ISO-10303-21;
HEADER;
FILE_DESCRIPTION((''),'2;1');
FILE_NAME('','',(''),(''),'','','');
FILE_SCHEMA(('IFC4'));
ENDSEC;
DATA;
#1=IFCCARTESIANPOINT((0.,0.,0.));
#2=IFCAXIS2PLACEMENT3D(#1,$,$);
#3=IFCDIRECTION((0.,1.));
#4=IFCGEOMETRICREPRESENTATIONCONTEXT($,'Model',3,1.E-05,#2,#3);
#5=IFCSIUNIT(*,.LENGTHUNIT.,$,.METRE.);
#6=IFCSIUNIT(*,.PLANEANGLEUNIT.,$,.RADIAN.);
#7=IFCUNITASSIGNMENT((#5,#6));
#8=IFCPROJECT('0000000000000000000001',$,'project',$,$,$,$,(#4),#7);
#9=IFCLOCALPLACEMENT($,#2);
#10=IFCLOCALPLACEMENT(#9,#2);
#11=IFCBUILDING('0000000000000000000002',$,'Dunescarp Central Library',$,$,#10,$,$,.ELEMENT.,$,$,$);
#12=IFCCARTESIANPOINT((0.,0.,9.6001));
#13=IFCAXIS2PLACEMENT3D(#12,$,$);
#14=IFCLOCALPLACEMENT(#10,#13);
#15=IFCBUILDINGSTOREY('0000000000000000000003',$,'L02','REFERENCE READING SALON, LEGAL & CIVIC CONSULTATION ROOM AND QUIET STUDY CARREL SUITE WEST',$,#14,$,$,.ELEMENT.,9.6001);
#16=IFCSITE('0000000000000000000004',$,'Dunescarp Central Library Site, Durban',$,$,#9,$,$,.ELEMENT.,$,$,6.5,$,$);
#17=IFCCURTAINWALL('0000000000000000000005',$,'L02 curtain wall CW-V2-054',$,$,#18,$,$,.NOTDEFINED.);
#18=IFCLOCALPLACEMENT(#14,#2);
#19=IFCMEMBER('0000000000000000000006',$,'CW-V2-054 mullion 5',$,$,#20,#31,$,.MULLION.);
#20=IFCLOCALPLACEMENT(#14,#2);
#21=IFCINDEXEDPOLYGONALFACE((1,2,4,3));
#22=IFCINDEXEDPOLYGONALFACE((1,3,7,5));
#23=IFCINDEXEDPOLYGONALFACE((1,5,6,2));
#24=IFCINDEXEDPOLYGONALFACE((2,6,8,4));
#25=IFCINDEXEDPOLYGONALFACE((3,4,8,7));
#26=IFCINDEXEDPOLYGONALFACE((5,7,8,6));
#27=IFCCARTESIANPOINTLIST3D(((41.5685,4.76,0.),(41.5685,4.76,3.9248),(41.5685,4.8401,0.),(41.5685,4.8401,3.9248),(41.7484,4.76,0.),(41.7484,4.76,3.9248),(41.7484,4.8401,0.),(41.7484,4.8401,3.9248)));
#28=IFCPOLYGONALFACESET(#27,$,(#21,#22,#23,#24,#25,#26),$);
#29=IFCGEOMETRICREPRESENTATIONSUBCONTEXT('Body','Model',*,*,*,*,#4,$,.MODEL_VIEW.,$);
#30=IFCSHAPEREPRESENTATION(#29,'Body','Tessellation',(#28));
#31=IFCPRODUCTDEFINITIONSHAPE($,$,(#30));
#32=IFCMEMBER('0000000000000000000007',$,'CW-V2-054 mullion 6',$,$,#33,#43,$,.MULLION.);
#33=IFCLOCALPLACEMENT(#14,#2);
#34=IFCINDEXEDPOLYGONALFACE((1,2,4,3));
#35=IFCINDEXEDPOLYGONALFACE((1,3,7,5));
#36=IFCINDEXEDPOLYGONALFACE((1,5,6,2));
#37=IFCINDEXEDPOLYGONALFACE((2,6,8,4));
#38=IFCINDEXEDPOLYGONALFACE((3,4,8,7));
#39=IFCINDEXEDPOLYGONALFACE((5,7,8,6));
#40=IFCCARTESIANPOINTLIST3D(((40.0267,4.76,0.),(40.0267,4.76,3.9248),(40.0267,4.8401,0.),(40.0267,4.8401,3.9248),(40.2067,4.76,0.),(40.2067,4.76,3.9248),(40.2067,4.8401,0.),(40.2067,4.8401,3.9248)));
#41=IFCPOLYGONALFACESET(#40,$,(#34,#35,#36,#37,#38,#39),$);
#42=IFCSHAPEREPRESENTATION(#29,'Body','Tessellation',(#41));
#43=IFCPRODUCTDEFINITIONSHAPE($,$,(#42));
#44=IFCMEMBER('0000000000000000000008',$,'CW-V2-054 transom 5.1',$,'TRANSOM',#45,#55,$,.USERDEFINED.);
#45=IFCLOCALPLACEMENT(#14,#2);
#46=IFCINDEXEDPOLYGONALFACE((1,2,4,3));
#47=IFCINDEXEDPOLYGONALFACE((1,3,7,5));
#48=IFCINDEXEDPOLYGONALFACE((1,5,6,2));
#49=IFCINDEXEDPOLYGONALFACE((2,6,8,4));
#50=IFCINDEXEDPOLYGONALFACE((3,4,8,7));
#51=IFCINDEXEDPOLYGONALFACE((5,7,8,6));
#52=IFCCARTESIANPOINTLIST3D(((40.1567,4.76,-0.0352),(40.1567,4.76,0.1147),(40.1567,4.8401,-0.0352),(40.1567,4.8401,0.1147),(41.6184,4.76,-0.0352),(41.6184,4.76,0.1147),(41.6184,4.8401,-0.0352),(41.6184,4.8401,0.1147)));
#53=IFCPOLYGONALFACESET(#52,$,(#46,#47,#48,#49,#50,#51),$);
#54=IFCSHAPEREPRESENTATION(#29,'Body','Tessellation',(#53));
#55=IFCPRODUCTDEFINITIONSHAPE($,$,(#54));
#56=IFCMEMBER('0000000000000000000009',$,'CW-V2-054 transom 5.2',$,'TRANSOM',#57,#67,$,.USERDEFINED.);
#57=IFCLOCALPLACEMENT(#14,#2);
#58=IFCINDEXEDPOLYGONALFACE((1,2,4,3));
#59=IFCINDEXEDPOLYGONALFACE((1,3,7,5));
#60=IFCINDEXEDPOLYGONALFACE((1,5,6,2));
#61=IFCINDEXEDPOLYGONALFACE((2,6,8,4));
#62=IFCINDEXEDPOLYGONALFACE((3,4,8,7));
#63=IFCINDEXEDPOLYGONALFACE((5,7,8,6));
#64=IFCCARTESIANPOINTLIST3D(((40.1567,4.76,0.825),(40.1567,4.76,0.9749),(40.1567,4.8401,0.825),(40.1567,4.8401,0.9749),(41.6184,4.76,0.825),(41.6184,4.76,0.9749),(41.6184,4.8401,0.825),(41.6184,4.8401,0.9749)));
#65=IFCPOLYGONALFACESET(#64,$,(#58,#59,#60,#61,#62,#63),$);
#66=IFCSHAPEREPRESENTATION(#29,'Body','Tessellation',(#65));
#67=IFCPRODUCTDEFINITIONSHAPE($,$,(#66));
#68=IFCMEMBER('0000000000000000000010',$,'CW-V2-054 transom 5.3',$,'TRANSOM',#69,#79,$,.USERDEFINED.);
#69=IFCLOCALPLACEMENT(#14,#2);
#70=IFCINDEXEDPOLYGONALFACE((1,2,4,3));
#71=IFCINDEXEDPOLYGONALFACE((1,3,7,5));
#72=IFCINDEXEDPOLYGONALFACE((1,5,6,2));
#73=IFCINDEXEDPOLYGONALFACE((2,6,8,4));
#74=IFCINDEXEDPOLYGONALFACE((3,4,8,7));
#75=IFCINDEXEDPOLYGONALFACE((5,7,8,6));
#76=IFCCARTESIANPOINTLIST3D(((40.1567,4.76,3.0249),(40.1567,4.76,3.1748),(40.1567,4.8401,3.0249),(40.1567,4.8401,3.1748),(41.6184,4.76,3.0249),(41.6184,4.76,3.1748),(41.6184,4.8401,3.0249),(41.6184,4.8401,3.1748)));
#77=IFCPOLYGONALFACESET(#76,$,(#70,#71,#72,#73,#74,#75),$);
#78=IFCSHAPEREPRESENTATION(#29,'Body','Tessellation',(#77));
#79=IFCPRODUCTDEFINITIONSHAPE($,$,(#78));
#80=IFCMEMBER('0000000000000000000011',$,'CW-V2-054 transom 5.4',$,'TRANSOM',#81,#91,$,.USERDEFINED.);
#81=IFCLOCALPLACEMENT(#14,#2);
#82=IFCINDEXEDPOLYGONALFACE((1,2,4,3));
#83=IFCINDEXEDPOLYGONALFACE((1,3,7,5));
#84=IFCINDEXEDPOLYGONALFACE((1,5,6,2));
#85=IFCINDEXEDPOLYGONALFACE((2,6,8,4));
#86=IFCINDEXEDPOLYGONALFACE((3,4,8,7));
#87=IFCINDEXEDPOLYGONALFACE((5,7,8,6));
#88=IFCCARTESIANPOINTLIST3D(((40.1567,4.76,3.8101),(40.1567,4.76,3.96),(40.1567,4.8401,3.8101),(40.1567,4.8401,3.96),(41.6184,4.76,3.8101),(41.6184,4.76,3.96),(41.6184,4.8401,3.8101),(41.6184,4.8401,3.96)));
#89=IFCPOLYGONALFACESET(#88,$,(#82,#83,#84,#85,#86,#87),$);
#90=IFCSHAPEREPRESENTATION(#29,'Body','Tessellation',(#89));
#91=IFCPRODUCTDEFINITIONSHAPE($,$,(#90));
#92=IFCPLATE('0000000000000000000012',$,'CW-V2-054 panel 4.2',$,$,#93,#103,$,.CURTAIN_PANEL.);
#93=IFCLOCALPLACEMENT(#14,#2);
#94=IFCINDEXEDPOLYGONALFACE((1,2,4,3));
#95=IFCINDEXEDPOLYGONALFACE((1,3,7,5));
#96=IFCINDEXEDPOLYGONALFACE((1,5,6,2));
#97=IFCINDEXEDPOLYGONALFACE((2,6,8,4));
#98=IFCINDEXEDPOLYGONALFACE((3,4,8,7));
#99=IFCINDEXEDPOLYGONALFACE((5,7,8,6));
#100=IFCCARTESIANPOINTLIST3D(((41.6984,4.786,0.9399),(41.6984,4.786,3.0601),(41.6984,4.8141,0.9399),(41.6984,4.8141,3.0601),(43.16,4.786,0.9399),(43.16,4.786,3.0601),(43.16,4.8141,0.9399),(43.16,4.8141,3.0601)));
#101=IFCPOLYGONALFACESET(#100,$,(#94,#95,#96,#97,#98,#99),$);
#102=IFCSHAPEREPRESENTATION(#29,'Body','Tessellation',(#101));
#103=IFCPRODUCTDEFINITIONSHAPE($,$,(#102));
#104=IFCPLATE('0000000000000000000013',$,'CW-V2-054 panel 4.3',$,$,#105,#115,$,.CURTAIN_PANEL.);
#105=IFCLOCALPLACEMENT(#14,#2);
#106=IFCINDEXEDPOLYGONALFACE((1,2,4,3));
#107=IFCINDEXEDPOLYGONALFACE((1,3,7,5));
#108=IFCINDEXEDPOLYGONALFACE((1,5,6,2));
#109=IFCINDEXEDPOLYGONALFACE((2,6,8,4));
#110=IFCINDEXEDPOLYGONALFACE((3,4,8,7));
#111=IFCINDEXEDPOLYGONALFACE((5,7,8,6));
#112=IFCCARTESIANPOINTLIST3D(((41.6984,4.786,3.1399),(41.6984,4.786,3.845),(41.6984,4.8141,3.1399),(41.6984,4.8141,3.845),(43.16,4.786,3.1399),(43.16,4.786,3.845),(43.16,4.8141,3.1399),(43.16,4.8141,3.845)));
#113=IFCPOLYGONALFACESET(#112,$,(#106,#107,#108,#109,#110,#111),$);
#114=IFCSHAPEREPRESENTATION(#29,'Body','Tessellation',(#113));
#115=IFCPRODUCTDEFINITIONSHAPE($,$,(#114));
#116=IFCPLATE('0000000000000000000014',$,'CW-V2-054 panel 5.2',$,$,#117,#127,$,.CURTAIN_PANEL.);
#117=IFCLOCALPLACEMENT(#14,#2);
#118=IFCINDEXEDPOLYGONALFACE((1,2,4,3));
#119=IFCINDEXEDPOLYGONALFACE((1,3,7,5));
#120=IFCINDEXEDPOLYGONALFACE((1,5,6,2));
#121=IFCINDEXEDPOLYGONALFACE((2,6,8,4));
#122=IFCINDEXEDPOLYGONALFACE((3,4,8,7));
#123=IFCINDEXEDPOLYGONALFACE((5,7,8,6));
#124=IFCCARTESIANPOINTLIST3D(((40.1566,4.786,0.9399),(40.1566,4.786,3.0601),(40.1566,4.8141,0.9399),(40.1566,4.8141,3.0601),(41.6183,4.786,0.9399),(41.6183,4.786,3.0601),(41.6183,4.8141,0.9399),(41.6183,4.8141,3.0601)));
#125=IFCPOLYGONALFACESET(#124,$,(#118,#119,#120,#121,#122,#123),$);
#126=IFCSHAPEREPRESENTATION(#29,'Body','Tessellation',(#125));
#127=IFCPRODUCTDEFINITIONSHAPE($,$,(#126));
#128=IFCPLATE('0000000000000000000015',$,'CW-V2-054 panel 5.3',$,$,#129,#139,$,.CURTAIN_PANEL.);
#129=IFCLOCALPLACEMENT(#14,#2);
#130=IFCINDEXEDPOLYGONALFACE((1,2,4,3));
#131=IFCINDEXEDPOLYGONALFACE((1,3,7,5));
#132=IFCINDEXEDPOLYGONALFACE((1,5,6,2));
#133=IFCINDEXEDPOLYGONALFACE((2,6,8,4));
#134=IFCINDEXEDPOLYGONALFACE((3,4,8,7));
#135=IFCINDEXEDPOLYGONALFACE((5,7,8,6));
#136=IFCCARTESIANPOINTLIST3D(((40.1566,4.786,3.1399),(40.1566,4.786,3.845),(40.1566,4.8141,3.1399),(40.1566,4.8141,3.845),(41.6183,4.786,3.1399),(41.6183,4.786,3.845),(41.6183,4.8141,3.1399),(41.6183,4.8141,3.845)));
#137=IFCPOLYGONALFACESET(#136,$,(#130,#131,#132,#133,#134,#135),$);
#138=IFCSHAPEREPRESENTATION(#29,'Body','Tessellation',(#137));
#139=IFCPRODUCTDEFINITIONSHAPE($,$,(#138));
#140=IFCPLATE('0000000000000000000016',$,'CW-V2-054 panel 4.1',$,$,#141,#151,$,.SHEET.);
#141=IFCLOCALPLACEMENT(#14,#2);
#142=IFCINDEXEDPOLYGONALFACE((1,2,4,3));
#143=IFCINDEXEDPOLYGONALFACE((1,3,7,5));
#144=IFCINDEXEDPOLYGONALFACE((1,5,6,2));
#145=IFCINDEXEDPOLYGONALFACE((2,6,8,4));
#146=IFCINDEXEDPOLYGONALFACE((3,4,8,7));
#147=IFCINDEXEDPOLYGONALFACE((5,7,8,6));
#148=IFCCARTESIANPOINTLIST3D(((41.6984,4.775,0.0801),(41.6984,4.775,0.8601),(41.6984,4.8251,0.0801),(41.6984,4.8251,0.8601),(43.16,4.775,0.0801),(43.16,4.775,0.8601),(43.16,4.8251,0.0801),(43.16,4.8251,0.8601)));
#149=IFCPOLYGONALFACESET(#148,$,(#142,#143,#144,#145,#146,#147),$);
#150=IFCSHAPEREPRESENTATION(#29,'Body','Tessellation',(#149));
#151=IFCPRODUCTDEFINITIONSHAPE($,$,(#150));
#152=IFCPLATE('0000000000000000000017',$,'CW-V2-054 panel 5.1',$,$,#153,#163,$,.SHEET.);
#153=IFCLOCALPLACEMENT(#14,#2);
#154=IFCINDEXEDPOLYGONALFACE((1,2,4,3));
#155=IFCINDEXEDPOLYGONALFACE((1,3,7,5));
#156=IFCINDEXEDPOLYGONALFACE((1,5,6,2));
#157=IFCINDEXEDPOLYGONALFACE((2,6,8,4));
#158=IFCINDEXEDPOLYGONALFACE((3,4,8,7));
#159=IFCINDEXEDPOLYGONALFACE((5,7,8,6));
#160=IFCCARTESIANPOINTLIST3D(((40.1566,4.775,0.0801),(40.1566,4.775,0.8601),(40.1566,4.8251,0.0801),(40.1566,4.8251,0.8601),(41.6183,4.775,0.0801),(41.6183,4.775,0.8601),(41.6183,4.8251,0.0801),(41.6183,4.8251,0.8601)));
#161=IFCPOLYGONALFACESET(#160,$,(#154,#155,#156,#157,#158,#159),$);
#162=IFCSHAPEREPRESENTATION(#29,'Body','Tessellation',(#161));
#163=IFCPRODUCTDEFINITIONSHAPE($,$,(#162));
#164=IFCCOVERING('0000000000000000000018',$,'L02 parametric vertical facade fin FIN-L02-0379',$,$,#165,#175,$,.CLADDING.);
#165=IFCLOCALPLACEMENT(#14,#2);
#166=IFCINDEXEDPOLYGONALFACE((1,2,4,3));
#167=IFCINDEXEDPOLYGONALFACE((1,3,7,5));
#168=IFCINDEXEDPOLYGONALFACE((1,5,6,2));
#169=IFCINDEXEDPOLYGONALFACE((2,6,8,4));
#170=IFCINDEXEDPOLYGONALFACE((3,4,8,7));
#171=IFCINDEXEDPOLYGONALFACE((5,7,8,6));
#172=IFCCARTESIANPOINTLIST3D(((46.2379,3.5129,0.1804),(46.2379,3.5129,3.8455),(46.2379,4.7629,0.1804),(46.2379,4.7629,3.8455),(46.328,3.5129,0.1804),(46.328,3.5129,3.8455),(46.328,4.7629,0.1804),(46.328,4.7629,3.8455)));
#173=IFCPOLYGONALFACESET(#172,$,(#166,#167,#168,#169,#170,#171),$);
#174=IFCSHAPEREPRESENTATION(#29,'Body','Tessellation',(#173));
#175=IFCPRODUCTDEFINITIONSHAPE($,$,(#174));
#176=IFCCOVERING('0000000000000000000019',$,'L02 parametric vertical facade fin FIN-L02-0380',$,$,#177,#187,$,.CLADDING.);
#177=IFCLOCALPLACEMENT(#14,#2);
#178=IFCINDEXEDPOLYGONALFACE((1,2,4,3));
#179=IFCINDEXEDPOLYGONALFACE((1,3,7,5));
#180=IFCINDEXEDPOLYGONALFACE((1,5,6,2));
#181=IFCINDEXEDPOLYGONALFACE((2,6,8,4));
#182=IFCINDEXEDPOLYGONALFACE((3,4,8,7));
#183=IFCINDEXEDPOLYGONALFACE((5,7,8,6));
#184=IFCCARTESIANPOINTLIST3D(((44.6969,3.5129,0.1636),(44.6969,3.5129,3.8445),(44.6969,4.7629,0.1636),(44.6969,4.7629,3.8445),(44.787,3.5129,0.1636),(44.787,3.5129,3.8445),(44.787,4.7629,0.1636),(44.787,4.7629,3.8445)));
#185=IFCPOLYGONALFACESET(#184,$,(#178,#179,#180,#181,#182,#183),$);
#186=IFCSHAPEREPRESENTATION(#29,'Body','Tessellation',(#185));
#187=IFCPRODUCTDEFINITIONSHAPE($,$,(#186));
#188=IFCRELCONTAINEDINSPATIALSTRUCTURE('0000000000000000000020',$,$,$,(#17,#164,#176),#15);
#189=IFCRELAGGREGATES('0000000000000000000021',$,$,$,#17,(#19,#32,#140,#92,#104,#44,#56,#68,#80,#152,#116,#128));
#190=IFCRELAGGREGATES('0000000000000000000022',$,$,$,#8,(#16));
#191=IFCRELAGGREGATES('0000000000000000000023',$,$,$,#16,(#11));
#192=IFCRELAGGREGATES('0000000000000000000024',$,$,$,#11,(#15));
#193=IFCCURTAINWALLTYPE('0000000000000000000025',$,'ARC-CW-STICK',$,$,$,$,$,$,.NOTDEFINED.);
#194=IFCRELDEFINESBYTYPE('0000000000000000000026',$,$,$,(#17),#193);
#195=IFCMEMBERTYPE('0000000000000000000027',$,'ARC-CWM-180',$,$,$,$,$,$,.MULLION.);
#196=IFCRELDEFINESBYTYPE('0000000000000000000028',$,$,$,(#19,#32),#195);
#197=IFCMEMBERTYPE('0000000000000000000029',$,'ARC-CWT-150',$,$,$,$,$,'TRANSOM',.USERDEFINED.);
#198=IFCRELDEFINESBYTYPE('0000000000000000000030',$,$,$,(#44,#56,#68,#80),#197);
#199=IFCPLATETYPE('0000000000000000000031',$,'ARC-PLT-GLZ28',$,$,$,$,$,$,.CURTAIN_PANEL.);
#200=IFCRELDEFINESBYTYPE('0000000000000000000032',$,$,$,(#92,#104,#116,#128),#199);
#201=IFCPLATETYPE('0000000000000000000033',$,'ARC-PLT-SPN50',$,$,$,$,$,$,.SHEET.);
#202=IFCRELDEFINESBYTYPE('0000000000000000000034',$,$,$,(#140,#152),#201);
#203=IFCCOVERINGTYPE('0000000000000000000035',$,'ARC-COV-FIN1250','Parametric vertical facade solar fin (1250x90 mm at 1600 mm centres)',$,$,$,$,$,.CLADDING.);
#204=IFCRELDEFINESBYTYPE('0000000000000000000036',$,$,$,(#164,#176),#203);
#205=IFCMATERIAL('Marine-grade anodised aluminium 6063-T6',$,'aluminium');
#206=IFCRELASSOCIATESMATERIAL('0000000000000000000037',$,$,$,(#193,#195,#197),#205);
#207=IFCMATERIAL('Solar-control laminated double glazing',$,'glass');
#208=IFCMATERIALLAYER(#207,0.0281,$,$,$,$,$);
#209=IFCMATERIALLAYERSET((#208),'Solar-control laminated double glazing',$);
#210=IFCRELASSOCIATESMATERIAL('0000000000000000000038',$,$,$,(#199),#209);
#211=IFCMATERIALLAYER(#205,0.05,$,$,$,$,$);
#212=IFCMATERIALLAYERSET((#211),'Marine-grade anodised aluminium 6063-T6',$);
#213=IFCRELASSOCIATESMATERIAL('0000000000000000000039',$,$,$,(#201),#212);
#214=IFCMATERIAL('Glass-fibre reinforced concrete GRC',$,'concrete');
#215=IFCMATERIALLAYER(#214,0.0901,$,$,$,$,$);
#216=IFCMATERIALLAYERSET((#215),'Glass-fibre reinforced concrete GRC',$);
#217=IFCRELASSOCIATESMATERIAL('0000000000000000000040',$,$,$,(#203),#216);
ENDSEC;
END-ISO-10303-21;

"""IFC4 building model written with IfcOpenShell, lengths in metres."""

from ifc_helpers import new_model, si_unit, direction, frame, origin, origin_2d, place, context, subcontext, project, spatial, rectangle, extrude, material, layer, layer_set, material_profile, profile_set, type_object, element, aggregate, save


model = new_model("IFC4")

# Units and contexts
model_context = context("Model", 3, precision=1e-05, world=origin(), true_north=direction((0.0, 1.0)))
body_context = subcontext(model_context, "Body", "Model", "MODEL_VIEW")
ifc_project = project(units=[si_unit("LENGTHUNIT", "METRE"), si_unit("PLANEANGLEUNIT", "RADIAN")], contexts=[model_context])

# Site, building, storey
site_placement = place(None, origin())
site = spatial("IfcSite", under=ifc_project, at=site_placement, Name="Dunescarp Central Library Site, Durban", CompositionType="ELEMENT", RefElevation=6.5)
building_placement = place(site_placement, origin())
building = spatial("IfcBuilding", under=site, at=building_placement, Name="Dunescarp Central Library", CompositionType="ELEMENT")
storey_placement = place(building_placement, frame((0.0, 0.0, 9.6001)))
storey = spatial("IfcBuildingStorey", under=building, at=storey_placement, Name="L02", Description="REFERENCE READING SALON, LEGAL & CIVIC CONSULTATION ROOM AND QUIET STUDY CARREL SUITE WEST", CompositionType="ELEMENT", Elevation=9.6001)

# Curtain wall, members, plates
ifc_material_1 = material(Name="Marine-grade anodised aluminium 6063-T6", Category="aluminium")
curtain_wall_type = type_object("IfcCurtainWallType", Name="ARC-CW-STICK", PredefinedType="NOTDEFINED", material=ifc_material_1)
curtain_wall_placement = place(storey_placement, origin())
curtain_wall = element("IfcCurtainWall", 1, at=curtain_wall_placement, inside=storey, type_object=curtain_wall_type, Name="L02 curtain wall CW-V2-054", PredefinedType="NOTDEFINED")
ifc_material_profile_1 = material_profile(ifc_material_1, rectangle(XDim=0.0801, YDim=0.1799, at=origin_2d()), Name="AL 80x180")
ifc_profile_set_1 = profile_set([ifc_material_profile_1], Name="Marine-grade anodised aluminium 6063-T6")
member_type_1 = type_object("IfcMemberType", Name="ARC-CWM-180", PredefinedType="MULLION", material=ifc_profile_set_1)
member_1_placement = place(storey_placement, frame((41.6584, 4.8, 0.0), z_axis=(0.0, 0.0, 1.0), x_axis=(0.0, -1.0, 0.0)))
member_1 = element("IfcMember", 2, at=member_1_placement, type_object=member_type_1, Name="CW-V2-054 mullion 5", PredefinedType="MULLION", context=body_context, shape_type="SweptSolid", body=[
    extrude(rectangle(XDim=0.0801, YDim=0.1799, at=origin_2d()), origin(), (0.0, 0.0, 1.0), 3.9248),
])
member_2_placement = place(storey_placement, frame((40.1167, 4.8, 0.0), z_axis=(0.0, 0.0, 1.0), x_axis=(0.0, -1.0, 0.0)))
member_2 = element("IfcMember", 3, at=member_2_placement, type_object=member_type_1, Name="CW-V2-054 mullion 6", PredefinedType="MULLION", context=body_context, shape_type="SweptSolid", body=[
    extrude(rectangle(XDim=0.0801, YDim=0.1799, at=origin_2d()), origin(), (0.0, 0.0, 1.0), 3.9248),
])
ifc_material_profile_2 = material_profile(ifc_material_1, rectangle(XDim=0.0801, YDim=0.1499, at=origin_2d()), Name="AL 80x150")
ifc_profile_set_2 = profile_set([ifc_material_profile_2], Name="Marine-grade anodised aluminium 6063-T6")
member_type_2 = type_object("IfcMemberType", Name="ARC-CWT-150", ElementType="TRANSOM", PredefinedType="USERDEFINED", material=ifc_profile_set_2)
member_3_placement = place(storey_placement, frame((41.6184, 4.8, 0.0398), z_axis=(-1.0, 0.0, 0.0), x_axis=(0.0, -1.0, 0.0)))
member_3 = element("IfcMember", 4, at=member_3_placement, type_object=member_type_2, Name="CW-V2-054 transom 5.1", ObjectType="TRANSOM", PredefinedType="USERDEFINED", context=body_context, shape_type="SweptSolid", body=[
    extrude(rectangle(XDim=0.0801, YDim=0.1499, at=origin_2d()), origin(), (0.0, 0.0, 1.0), 1.4617),
])
member_4_placement = place(storey_placement, frame((41.6184, 4.8, 0.8999), z_axis=(-1.0, 0.0, 0.0), x_axis=(0.0, -1.0, 0.0)))
member_4 = element("IfcMember", 5, at=member_4_placement, type_object=member_type_2, Name="CW-V2-054 transom 5.2", ObjectType="TRANSOM", PredefinedType="USERDEFINED", context=body_context, shape_type="SweptSolid", body=[
    extrude(rectangle(XDim=0.0801, YDim=0.1499, at=origin_2d()), origin(), (0.0, 0.0, 1.0), 1.4617),
])
member_5_placement = place(storey_placement, frame((41.6184, 4.8, 3.0999), z_axis=(-1.0, 0.0, 0.0), x_axis=(0.0, -1.0, 0.0)))
member_5 = element("IfcMember", 6, at=member_5_placement, type_object=member_type_2, Name="CW-V2-054 transom 5.3", ObjectType="TRANSOM", PredefinedType="USERDEFINED", context=body_context, shape_type="SweptSolid", body=[
    extrude(rectangle(XDim=0.0801, YDim=0.1499, at=origin_2d()), origin(), (0.0, 0.0, 1.0), 1.4617),
])
member_6_placement = place(storey_placement, frame((41.6184, 4.8, 3.885), z_axis=(-1.0, 0.0, 0.0), x_axis=(0.0, -1.0, 0.0)))
member_6 = element("IfcMember", 7, at=member_6_placement, type_object=member_type_2, Name="CW-V2-054 transom 5.4", ObjectType="TRANSOM", PredefinedType="USERDEFINED", context=body_context, shape_type="SweptSolid", body=[
    extrude(rectangle(XDim=0.0801, YDim=0.1499, at=origin_2d()), origin(), (0.0, 0.0, 1.0), 1.4617),
])
ifc_material_2 = material(Name="Solar-control laminated double glazing", Category="glass")
ifc_layer_1 = layer(ifc_material_2, 0.0281)
ifc_layer_set_1 = layer_set([ifc_layer_1], Name="Solar-control laminated double glazing")
plate_type_1 = type_object("IfcPlateType", Name="ARC-PLT-GLZ28", PredefinedType="CURTAIN_PANEL", material=ifc_layer_set_1)
plate_1_placement = place(storey_placement, frame((42.4292, 4.8, 0.9399), z_axis=(0.0, 0.0, 1.0), x_axis=(-1.0, 0.0, 0.0)))
plate_1 = element("IfcPlate", 8, at=plate_1_placement, type_object=plate_type_1, Name="CW-V2-054 panel 4.2", PredefinedType="CURTAIN_PANEL", context=body_context, shape_type="SweptSolid", body=[
    extrude(rectangle(XDim=1.4617, YDim=0.0281, at=origin_2d()), origin(), (0.0, 0.0, 1.0), 2.1201),
])
plate_2_placement = place(storey_placement, frame((42.4292, 4.8, 3.1399), z_axis=(0.0, 0.0, 1.0), x_axis=(-1.0, 0.0, 0.0)))
plate_2 = element("IfcPlate", 9, at=plate_2_placement, type_object=plate_type_1, Name="CW-V2-054 panel 4.3", PredefinedType="CURTAIN_PANEL", context=body_context, shape_type="SweptSolid", body=[
    extrude(rectangle(XDim=1.4617, YDim=0.0281, at=origin_2d()), origin(), (0.0, 0.0, 1.0), 0.7051),
])
plate_3_placement = place(storey_placement, frame((40.8875, 4.8, 0.9399), z_axis=(0.0, 0.0, 1.0), x_axis=(-1.0, 0.0, 0.0)))
plate_3 = element("IfcPlate", 10, at=plate_3_placement, type_object=plate_type_1, Name="CW-V2-054 panel 5.2", PredefinedType="CURTAIN_PANEL", context=body_context, shape_type="SweptSolid", body=[
    extrude(rectangle(XDim=1.4617, YDim=0.0281, at=origin_2d()), origin(), (0.0, 0.0, 1.0), 2.1201),
])
plate_4_placement = place(storey_placement, frame((40.8875, 4.8, 3.1399), z_axis=(0.0, 0.0, 1.0), x_axis=(-1.0, 0.0, 0.0)))
plate_4 = element("IfcPlate", 11, at=plate_4_placement, type_object=plate_type_1, Name="CW-V2-054 panel 5.3", PredefinedType="CURTAIN_PANEL", context=body_context, shape_type="SweptSolid", body=[
    extrude(rectangle(XDim=1.4617, YDim=0.0281, at=origin_2d()), origin(), (0.0, 0.0, 1.0), 0.7051),
])
ifc_layer_2 = layer(ifc_material_1, 0.05)
ifc_layer_set_2 = layer_set([ifc_layer_2], Name="Marine-grade anodised aluminium 6063-T6")
plate_type_2 = type_object("IfcPlateType", Name="ARC-PLT-SPN50", PredefinedType="SHEET", material=ifc_layer_set_2)
plate_5_placement = place(storey_placement, frame((42.4292, 4.8, 0.0801), z_axis=(0.0, 0.0, 1.0), x_axis=(-1.0, 0.0, 0.0)))
plate_5 = element("IfcPlate", 12, at=plate_5_placement, type_object=plate_type_2, Name="CW-V2-054 panel 4.1", PredefinedType="SHEET", context=body_context, shape_type="SweptSolid", body=[
    extrude(rectangle(XDim=1.4617, YDim=0.05, at=origin_2d()), origin(), (0.0, 0.0, 1.0), 0.78),
])
plate_6_placement = place(storey_placement, frame((40.8875, 4.8, 0.0801), z_axis=(0.0, 0.0, 1.0), x_axis=(-1.0, 0.0, 0.0)))
plate_6 = element("IfcPlate", 13, at=plate_6_placement, type_object=plate_type_2, Name="CW-V2-054 panel 5.1", PredefinedType="SHEET", context=body_context, shape_type="SweptSolid", body=[
    extrude(rectangle(XDim=1.4617, YDim=0.05, at=origin_2d()), origin(), (0.0, 0.0, 1.0), 0.78),
])
aggregate(curtain_wall, [member_1, member_2, plate_5, plate_1, plate_2, member_3, member_4, member_5, member_6, plate_6, plate_3, plate_4])

# Coverings
ifc_material_3 = material(Name="Glass-fibre reinforced concrete GRC", Category="concrete")
ifc_layer_3 = layer(ifc_material_3, 0.0901)
ifc_layer_set_3 = layer_set([ifc_layer_3], Name="Glass-fibre reinforced concrete GRC")
covering_type = type_object("IfcCoveringType", Name="ARC-COV-FIN1250", Description="Parametric vertical facade solar fin (1250x90 mm at 1600 mm centres)", PredefinedType="CLADDING", material=ifc_layer_set_3)
covering_1_placement = place(storey_placement, frame((46.283, 4.1379, 0.1804), z_axis=(0.0, 0.0, 1.0), x_axis=(0.0, -1.0, 0.0)))
element("IfcCovering", 14, at=covering_1_placement, inside=storey, type_object=covering_type, Name="L02 parametric vertical facade fin FIN-L02-0379", PredefinedType="CLADDING", context=body_context, shape_type="SweptSolid", body=[
    extrude(rectangle(XDim=1.25, YDim=0.0901, at=origin_2d()), origin(), (0.0, 0.0, 1.0), 3.665),
])
covering_2_placement = place(storey_placement, frame((44.7419, 4.1379, 0.1636), z_axis=(0.0, 0.0, 1.0), x_axis=(0.0, -1.0, 0.0)))
element("IfcCovering", 15, at=covering_2_placement, inside=storey, type_object=covering_type, Name="L02 parametric vertical facade fin FIN-L02-0380", PredefinedType="CLADDING", context=body_context, shape_type="SweptSolid", body=[
    extrude(rectangle(XDim=1.25, YDim=0.0901, at=origin_2d()), origin(), (0.0, 0.0, 1.0), 3.6809),
])

save(model, "model.ifc")
